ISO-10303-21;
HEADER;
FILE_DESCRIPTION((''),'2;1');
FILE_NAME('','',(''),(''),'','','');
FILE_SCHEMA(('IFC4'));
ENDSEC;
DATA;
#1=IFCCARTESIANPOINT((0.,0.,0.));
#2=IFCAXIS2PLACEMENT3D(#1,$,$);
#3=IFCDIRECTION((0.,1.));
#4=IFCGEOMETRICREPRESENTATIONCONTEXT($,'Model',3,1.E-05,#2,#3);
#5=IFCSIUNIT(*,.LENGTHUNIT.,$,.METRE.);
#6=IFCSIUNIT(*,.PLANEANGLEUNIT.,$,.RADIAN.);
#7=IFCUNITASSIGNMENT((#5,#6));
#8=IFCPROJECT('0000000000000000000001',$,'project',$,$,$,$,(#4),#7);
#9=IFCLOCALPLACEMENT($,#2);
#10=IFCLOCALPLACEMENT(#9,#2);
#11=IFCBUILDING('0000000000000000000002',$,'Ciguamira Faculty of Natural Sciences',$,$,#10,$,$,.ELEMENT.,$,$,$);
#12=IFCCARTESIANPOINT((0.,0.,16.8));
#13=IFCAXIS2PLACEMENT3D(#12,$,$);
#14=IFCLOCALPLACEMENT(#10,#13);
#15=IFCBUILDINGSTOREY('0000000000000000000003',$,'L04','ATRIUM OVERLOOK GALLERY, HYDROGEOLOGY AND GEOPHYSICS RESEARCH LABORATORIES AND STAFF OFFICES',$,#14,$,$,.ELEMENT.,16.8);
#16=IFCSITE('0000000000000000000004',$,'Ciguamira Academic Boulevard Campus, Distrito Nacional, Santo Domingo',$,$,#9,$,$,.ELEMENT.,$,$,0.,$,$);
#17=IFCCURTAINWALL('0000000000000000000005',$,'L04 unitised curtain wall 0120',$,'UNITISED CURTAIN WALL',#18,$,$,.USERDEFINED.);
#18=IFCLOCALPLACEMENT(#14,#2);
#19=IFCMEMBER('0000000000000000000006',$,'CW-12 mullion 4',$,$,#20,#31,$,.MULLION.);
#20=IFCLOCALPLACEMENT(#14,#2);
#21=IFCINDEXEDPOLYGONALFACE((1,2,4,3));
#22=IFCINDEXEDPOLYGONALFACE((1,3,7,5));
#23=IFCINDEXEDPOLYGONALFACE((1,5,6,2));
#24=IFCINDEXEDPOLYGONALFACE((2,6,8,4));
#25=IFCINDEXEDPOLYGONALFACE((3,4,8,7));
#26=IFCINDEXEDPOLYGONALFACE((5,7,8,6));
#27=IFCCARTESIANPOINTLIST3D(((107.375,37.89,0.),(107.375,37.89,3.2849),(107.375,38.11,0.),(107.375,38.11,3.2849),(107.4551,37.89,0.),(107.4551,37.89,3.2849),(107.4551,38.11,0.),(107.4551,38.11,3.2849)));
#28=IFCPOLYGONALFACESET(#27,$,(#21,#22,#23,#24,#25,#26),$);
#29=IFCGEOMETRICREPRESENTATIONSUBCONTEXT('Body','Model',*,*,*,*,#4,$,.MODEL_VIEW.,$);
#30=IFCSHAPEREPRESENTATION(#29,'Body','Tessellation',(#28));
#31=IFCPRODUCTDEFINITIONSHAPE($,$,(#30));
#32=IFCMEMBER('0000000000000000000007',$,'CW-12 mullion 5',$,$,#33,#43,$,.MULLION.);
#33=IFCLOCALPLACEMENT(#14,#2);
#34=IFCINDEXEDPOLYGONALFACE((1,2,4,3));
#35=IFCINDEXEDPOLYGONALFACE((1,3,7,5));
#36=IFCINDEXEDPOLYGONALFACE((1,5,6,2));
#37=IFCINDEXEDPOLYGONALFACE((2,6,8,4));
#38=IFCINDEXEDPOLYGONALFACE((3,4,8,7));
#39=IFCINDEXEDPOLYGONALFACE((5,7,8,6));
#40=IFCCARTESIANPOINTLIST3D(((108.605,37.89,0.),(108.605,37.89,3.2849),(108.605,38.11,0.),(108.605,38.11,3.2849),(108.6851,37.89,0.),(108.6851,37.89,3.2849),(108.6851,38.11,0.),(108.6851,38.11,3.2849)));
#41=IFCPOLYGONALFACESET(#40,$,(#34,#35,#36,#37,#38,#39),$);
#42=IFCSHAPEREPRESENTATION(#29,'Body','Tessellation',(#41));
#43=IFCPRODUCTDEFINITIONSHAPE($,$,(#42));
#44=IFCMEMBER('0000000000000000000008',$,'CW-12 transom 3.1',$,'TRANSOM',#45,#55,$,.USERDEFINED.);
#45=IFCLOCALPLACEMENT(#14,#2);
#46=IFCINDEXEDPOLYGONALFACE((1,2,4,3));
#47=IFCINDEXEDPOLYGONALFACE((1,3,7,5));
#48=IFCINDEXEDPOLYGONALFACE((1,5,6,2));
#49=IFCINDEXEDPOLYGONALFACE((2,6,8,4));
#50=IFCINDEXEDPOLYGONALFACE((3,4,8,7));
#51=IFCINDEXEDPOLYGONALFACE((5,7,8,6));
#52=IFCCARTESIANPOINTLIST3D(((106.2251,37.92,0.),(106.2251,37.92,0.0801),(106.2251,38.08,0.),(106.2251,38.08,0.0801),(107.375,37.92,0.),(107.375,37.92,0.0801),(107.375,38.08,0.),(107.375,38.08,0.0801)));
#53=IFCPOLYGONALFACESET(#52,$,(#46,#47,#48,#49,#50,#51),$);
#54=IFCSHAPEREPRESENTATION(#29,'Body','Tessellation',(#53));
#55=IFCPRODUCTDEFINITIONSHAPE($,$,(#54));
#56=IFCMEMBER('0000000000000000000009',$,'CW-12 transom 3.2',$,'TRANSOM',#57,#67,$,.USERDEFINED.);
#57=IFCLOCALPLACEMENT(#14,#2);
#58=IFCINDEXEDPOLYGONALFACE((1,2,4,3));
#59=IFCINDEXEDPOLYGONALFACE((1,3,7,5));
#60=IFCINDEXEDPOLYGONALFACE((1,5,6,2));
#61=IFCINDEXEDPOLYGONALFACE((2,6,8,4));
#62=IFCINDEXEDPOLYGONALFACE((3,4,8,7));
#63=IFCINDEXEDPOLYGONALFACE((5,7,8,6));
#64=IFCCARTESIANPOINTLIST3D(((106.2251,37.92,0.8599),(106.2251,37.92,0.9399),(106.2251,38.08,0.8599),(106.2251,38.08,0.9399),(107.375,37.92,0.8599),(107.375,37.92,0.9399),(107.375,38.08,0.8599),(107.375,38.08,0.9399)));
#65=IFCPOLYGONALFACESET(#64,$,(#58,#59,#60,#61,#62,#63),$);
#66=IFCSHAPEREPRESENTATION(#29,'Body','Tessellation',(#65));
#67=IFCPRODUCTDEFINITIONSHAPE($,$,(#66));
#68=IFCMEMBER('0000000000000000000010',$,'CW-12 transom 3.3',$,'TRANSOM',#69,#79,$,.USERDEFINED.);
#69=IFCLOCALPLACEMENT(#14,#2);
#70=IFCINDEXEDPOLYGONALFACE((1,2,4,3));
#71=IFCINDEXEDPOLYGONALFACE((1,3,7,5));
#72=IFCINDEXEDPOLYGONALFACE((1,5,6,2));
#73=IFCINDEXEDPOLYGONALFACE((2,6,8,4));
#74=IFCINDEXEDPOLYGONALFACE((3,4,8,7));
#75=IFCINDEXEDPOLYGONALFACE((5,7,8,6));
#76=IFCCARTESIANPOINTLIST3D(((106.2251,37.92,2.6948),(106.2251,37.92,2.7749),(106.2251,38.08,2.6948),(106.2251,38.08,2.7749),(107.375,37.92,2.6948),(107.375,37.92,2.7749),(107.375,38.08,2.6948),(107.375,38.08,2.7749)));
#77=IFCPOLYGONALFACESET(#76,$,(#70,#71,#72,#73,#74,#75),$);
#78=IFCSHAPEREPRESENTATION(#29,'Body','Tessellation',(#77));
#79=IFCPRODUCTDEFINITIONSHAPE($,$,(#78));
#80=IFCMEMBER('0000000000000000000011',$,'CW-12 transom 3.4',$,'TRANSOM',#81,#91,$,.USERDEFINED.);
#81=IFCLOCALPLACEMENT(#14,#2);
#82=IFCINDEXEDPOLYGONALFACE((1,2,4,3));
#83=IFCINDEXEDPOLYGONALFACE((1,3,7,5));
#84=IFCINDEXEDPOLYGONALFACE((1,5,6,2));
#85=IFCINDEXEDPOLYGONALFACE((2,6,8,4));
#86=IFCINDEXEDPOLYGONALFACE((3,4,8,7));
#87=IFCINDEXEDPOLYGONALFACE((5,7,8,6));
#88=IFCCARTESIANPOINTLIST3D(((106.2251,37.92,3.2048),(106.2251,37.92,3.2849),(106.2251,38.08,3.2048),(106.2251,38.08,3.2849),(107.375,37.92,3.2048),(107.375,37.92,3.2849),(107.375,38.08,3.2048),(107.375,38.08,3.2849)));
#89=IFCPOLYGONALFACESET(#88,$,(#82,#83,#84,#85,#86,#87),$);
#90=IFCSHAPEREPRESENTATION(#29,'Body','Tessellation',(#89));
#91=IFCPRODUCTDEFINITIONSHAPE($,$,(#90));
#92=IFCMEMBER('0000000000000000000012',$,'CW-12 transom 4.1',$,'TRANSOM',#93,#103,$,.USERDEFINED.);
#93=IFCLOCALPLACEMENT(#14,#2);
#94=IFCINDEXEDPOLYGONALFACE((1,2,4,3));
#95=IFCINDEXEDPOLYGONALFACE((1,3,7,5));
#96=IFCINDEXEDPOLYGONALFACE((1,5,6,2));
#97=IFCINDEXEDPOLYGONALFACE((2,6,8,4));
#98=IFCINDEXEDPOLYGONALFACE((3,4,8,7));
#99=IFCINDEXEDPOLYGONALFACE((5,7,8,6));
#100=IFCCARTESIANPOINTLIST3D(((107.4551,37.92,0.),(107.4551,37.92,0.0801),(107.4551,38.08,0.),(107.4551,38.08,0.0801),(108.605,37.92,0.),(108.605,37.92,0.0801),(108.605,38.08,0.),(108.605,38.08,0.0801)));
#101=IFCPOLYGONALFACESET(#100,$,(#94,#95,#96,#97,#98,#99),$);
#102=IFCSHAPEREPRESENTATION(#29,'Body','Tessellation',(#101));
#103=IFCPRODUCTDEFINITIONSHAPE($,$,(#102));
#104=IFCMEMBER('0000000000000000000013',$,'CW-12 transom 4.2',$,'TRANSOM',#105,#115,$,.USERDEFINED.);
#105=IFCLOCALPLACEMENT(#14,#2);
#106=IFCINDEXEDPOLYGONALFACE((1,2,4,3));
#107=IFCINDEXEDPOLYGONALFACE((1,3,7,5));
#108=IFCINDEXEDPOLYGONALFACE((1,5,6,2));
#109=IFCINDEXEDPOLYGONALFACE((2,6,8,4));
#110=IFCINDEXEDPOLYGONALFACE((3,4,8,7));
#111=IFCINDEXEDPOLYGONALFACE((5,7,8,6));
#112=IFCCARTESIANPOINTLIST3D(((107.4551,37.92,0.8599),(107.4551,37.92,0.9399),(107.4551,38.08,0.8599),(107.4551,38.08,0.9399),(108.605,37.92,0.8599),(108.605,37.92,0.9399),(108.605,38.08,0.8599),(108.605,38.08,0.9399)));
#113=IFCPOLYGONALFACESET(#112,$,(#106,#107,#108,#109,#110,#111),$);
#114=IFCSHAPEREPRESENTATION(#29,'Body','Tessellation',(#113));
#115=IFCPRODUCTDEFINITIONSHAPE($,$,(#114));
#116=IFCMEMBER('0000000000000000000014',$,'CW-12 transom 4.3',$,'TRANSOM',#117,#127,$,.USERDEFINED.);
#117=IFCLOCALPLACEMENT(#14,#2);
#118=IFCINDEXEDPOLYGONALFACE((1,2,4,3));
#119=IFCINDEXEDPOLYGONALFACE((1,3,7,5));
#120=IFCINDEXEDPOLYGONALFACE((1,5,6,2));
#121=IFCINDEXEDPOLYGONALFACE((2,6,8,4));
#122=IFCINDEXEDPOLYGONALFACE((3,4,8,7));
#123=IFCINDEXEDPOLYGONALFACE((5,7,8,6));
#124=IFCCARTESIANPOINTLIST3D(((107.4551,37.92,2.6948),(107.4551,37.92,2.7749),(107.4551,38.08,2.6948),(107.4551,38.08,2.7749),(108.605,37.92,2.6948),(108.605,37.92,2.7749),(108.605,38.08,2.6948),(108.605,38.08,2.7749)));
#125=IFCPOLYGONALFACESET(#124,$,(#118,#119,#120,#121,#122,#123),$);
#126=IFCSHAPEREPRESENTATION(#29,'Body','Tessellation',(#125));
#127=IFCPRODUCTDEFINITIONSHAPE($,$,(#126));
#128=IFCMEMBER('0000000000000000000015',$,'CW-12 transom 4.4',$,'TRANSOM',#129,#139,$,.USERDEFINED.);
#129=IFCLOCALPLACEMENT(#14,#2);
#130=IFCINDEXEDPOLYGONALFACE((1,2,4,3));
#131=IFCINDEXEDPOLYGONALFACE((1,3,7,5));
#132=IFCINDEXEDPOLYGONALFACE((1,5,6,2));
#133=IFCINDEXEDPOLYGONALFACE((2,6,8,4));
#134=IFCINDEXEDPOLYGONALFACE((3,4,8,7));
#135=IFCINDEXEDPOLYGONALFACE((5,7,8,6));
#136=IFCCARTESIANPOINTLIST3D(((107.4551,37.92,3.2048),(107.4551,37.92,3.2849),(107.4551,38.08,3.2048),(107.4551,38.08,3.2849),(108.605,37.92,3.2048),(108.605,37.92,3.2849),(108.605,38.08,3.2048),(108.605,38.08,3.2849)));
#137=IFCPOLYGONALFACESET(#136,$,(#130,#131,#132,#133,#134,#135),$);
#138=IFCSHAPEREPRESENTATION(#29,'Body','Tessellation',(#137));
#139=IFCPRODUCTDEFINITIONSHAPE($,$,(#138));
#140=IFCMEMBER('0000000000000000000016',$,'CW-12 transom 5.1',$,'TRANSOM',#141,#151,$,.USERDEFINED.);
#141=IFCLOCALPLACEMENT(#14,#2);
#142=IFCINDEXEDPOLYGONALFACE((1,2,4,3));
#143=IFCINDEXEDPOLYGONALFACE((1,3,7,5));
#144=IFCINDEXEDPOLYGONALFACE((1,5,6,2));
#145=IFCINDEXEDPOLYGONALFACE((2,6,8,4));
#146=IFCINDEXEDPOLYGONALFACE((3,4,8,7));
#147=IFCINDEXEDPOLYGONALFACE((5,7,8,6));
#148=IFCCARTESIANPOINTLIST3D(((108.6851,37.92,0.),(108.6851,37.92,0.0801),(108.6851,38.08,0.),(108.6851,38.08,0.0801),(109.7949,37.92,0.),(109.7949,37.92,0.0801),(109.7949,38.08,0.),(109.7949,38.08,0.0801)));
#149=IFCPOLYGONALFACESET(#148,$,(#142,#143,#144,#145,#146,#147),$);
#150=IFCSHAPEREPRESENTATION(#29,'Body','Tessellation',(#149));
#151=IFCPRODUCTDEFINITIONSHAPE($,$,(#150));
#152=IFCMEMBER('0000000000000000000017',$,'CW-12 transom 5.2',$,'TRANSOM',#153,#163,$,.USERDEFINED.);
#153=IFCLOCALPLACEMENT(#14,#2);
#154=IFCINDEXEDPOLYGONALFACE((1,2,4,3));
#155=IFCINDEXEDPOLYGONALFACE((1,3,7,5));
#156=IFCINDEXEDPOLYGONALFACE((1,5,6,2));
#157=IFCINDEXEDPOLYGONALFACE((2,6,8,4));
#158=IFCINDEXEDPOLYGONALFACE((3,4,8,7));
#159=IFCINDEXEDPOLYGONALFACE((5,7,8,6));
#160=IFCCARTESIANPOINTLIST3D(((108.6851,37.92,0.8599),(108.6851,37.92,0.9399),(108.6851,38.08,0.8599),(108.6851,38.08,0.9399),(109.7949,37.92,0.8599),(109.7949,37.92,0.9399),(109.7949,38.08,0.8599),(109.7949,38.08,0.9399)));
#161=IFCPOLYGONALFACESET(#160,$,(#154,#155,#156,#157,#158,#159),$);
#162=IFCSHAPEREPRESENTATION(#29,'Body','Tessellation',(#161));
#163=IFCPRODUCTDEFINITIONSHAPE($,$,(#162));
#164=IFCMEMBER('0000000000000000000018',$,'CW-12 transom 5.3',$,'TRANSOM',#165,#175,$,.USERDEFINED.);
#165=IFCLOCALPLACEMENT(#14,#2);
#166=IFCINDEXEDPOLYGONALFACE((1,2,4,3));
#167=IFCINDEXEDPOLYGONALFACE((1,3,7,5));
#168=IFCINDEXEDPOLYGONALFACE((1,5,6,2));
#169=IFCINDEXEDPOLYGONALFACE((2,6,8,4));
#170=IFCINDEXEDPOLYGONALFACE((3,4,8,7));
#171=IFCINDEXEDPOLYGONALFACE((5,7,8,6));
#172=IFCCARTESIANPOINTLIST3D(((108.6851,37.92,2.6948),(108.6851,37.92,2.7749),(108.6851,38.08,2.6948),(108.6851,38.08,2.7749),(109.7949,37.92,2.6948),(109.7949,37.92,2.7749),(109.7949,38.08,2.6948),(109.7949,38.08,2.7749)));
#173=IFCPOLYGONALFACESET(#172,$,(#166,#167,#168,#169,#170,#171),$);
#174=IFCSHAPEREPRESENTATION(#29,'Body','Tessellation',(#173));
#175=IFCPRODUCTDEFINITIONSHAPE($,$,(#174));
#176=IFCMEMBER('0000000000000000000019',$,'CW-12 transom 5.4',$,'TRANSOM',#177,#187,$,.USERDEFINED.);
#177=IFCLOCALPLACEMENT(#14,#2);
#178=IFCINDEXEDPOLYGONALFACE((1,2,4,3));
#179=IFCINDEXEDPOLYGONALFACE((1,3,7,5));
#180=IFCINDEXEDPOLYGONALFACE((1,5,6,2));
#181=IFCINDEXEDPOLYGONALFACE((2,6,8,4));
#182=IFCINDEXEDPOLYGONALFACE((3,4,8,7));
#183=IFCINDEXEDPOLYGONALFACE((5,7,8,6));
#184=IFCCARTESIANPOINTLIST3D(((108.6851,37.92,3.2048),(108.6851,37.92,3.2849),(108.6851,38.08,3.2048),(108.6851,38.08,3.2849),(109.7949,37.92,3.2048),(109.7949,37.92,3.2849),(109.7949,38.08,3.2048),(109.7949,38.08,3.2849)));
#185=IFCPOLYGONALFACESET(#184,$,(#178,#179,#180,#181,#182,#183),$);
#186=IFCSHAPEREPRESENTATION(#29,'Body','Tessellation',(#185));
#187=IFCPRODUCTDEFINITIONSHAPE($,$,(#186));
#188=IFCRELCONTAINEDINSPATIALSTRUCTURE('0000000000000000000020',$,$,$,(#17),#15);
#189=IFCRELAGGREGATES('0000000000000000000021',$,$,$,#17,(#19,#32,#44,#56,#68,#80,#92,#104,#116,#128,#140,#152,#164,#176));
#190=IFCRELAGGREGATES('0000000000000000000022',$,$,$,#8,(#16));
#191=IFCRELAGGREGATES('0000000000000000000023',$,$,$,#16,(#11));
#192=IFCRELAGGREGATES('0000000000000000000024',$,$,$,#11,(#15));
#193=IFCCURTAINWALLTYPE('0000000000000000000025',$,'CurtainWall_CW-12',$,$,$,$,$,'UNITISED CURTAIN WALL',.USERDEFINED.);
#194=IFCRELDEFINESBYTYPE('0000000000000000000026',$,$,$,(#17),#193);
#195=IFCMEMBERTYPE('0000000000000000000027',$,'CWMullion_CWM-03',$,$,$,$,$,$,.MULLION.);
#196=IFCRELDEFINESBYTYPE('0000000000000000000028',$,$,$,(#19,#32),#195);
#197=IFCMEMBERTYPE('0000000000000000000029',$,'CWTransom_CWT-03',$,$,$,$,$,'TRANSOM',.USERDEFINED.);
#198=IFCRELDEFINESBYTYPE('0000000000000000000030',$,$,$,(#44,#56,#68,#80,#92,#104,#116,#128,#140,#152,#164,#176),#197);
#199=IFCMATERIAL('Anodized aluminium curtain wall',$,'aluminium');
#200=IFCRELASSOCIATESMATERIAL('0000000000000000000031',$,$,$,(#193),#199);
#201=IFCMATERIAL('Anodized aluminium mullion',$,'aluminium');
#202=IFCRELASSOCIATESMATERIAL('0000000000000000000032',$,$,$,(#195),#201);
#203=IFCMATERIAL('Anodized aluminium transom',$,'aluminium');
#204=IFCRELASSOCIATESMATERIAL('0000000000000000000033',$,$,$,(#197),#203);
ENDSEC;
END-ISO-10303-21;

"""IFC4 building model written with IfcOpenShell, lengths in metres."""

from ifc_helpers import new_model, si_unit, direction, frame, origin, origin_2d, place, context, subcontext, project, spatial, rectangle, extrude, material, material_profile, profile_set, type_object, element, aggregate, save


model = new_model("IFC4")

# Units and contexts
model_context = context("Model", 3, precision=1e-05, world=origin(), true_north=direction((0.0, 1.0)))
body_context = subcontext(model_context, "Body", "Model", "MODEL_VIEW")
ifc_project = project(units=[si_unit("LENGTHUNIT", "METRE"), si_unit("PLANEANGLEUNIT", "RADIAN")], contexts=[model_context])

# Site, building, storey
site_placement = place(None, origin())
site = spatial("IfcSite", under=ifc_project, at=site_placement, Name="Ciguamira Academic Boulevard Campus, Distrito Nacional, Santo Domingo", CompositionType="ELEMENT", RefElevation=0.0)
building_placement = place(site_placement, origin())
building = spatial("IfcBuilding", under=site, at=building_placement, Name="Ciguamira Faculty of Natural Sciences", CompositionType="ELEMENT")
storey_placement = place(building_placement, frame((0.0, 0.0, 16.8)))
storey = spatial("IfcBuildingStorey", under=building, at=storey_placement, Name="L04", Description="ATRIUM OVERLOOK GALLERY, HYDROGEOLOGY AND GEOPHYSICS RESEARCH LABORATORIES AND STAFF OFFICES", CompositionType="ELEMENT", Elevation=16.8)

# Curtain wall, members
ifc_material_1 = material(Name="Anodized aluminium curtain wall", Category="aluminium")
curtain_wall_type = type_object("IfcCurtainWallType", Name="CurtainWall_CW-12", ElementType="UNITISED CURTAIN WALL", PredefinedType="USERDEFINED", material=ifc_material_1)
curtain_wall_placement = place(storey_placement, origin())
curtain_wall = element("IfcCurtainWall", 1, at=curtain_wall_placement, inside=storey, type_object=curtain_wall_type, Name="L04 unitised curtain wall 0120", ObjectType="UNITISED CURTAIN WALL", PredefinedType="USERDEFINED")
ifc_material_2 = material(Name="Anodized aluminium mullion", Category="aluminium")
ifc_material_profile_1 = material_profile(ifc_material_2, rectangle(XDim=0.0801, YDim=0.22, at=origin_2d()), Name="ALU-MUL-80X220")
ifc_profile_set_1 = profile_set([ifc_material_profile_1], Name="Anodized aluminium mullion")
member_type_1 = type_object("IfcMemberType", Name="CWMullion_CWM-03", PredefinedType="MULLION", material=ifc_profile_set_1)
member_1_placement = place(storey_placement, frame((107.415, 38.0, 0.0), z_axis=(0.0, 0.0, 1.0), x_axis=(1.0, 0.0, 0.0)))
member_1 = element("IfcMember", 2, at=member_1_placement, type_object=member_type_1, Name="CW-12 mullion 4", PredefinedType="MULLION", context=body_context, shape_type="SweptSolid", body=[
    extrude(rectangle(XDim=0.0801, YDim=0.22, at=origin_2d()), origin(), (0.0, 0.0, 1.0), 3.2849),
])
member_2_placement = place(storey_placement, frame((108.645, 38.0, 0.0), z_axis=(0.0, 0.0, 1.0), x_axis=(1.0, 0.0, 0.0)))
member_2 = element("IfcMember", 3, at=member_2_placement, type_object=member_type_1, Name="CW-12 mullion 5", PredefinedType="MULLION", context=body_context, shape_type="SweptSolid", body=[
    extrude(rectangle(XDim=0.0801, YDim=0.22, at=origin_2d()), origin(), (0.0, 0.0, 1.0), 3.2849),
])
ifc_material_3 = material(Name="Anodized aluminium transom", Category="aluminium")
ifc_material_profile_2 = material_profile(ifc_material_3, rectangle(XDim=0.0801, YDim=0.1599, at=origin_2d()), Name="ALU-TRN-80X160")
ifc_profile_set_2 = profile_set([ifc_material_profile_2], Name="Anodized aluminium transom")
member_type_2 = type_object("IfcMemberType", Name="CWTransom_CWT-03", ElementType="TRANSOM", PredefinedType="USERDEFINED", material=ifc_profile_set_2)
member_3_placement = place(storey_placement, frame((106.2251, 38.0, 0.04), z_axis=(1.0, 0.0, 0.0), x_axis=(0.0, 0.0, 1.0)))
member_3 = element("IfcMember", 4, at=member_3_placement, type_object=member_type_2, Name="CW-12 transom 3.1", ObjectType="TRANSOM", PredefinedType="USERDEFINED", context=body_context, shape_type="SweptSolid", body=[
    extrude(rectangle(XDim=0.0801, YDim=0.1599, at=origin_2d()), origin(), (0.0, 0.0, 1.0), 1.1499),
])
member_4_placement = place(storey_placement, frame((106.2251, 38.0, 0.8999), z_axis=(1.0, 0.0, 0.0), x_axis=(0.0, 0.0, 1.0)))
member_4 = element("IfcMember", 5, at=member_4_placement, type_object=member_type_2, Name="CW-12 transom 3.2", ObjectType="TRANSOM", PredefinedType="USERDEFINED", context=body_context, shape_type="SweptSolid", body=[
    extrude(rectangle(XDim=0.0801, YDim=0.1599, at=origin_2d()), origin(), (0.0, 0.0, 1.0), 1.1499),
])
member_5_placement = place(storey_placement, frame((106.2251, 38.0, 2.7349), z_axis=(1.0, 0.0, 0.0), x_axis=(0.0, 0.0, 1.0)))
member_5 = element("IfcMember", 6, at=member_5_placement, type_object=member_type_2, Name="CW-12 transom 3.3", ObjectType="TRANSOM", PredefinedType="USERDEFINED", context=body_context, shape_type="SweptSolid", body=[
    extrude(rectangle(XDim=0.0801, YDim=0.1599, at=origin_2d()), origin(), (0.0, 0.0, 1.0), 1.1499),
])
member_6_placement = place(storey_placement, frame((106.2251, 38.0, 3.2449), z_axis=(1.0, 0.0, 0.0), x_axis=(0.0, 0.0, 1.0)))
member_6 = element("IfcMember", 7, at=member_6_placement, type_object=member_type_2, Name="CW-12 transom 3.4", ObjectType="TRANSOM", PredefinedType="USERDEFINED", context=body_context, shape_type="SweptSolid", body=[
    extrude(rectangle(XDim=0.0801, YDim=0.1599, at=origin_2d()), origin(), (0.0, 0.0, 1.0), 1.1499),
])
member_7_placement = place(storey_placement, frame((107.4551, 38.0, 0.04), z_axis=(1.0, 0.0, 0.0), x_axis=(0.0, 0.0, 1.0)))
member_7 = element("IfcMember", 8, at=member_7_placement, type_object=member_type_2, Name="CW-12 transom 4.1", ObjectType="TRANSOM", PredefinedType="USERDEFINED", context=body_context, shape_type="SweptSolid", body=[
    extrude(rectangle(XDim=0.0801, YDim=0.1599, at=origin_2d()), origin(), (0.0, 0.0, 1.0), 1.1499),
])
member_8_placement = place(storey_placement, frame((107.4551, 38.0, 0.8999), z_axis=(1.0, 0.0, 0.0), x_axis=(0.0, 0.0, 1.0)))
member_8 = element("IfcMember", 9, at=member_8_placement, type_object=member_type_2, Name="CW-12 transom 4.2", ObjectType="TRANSOM", PredefinedType="USERDEFINED", context=body_context, shape_type="SweptSolid", body=[
    extrude(rectangle(XDim=0.0801, YDim=0.1599, at=origin_2d()), origin(), (0.0, 0.0, 1.0), 1.1499),
])
member_9_placement = place(storey_placement, frame((107.4551, 38.0, 2.7349), z_axis=(1.0, 0.0, 0.0), x_axis=(0.0, 0.0, 1.0)))
member_9 = element("IfcMember", 10, at=member_9_placement, type_object=member_type_2, Name="CW-12 transom 4.3", ObjectType="TRANSOM", PredefinedType="USERDEFINED", context=body_context, shape_type="SweptSolid", body=[
    extrude(rectangle(XDim=0.0801, YDim=0.1599, at=origin_2d()), origin(), (0.0, 0.0, 1.0), 1.1499),
])
member_10_placement = place(storey_placement, frame((107.4551, 38.0, 3.2449), z_axis=(1.0, 0.0, 0.0), x_axis=(0.0, 0.0, 1.0)))
member_10 = element("IfcMember", 11, at=member_10_placement, type_object=member_type_2, Name="CW-12 transom 4.4", ObjectType="TRANSOM", PredefinedType="USERDEFINED", context=body_context, shape_type="SweptSolid", body=[
    extrude(rectangle(XDim=0.0801, YDim=0.1599, at=origin_2d()), origin(), (0.0, 0.0, 1.0), 1.1499),
])
member_11_placement = place(storey_placement, frame((108.6851, 38.0, 0.04), z_axis=(1.0, 0.0, 0.0), x_axis=(0.0, 0.0, 1.0)))
member_11 = element("IfcMember", 12, at=member_11_placement, type_object=member_type_2, Name="CW-12 transom 5.1", ObjectType="TRANSOM", PredefinedType="USERDEFINED", context=body_context, shape_type="SweptSolid", body=[
    extrude(rectangle(XDim=0.0801, YDim=0.1599, at=origin_2d()), origin(), (0.0, 0.0, 1.0), 1.1099),
])
member_12_placement = place(storey_placement, frame((108.6851, 38.0, 0.8999), z_axis=(1.0, 0.0, 0.0), x_axis=(0.0, 0.0, 1.0)))
member_12 = element("IfcMember", 13, at=member_12_placement, type_object=member_type_2, Name="CW-12 transom 5.2", ObjectType="TRANSOM", PredefinedType="USERDEFINED", context=body_context, shape_type="SweptSolid", body=[
    extrude(rectangle(XDim=0.0801, YDim=0.1599, at=origin_2d()), origin(), (0.0, 0.0, 1.0), 1.1099),
])
member_13_placement = place(storey_placement, frame((108.6851, 38.0, 2.7349), z_axis=(1.0, 0.0, 0.0), x_axis=(0.0, 0.0, 1.0)))
member_13 = element("IfcMember", 14, at=member_13_placement, type_object=member_type_2, Name="CW-12 transom 5.3", ObjectType="TRANSOM", PredefinedType="USERDEFINED", context=body_context, shape_type="SweptSolid", body=[
    extrude(rectangle(XDim=0.0801, YDim=0.1599, at=origin_2d()), origin(), (0.0, 0.0, 1.0), 1.1099),
])
member_14_placement = place(storey_placement, frame((108.6851, 38.0, 3.2449), z_axis=(1.0, 0.0, 0.0), x_axis=(0.0, 0.0, 1.0)))
member_14 = element("IfcMember", 15, at=member_14_placement, type_object=member_type_2, Name="CW-12 transom 5.4", ObjectType="TRANSOM", PredefinedType="USERDEFINED", context=body_context, shape_type="SweptSolid", body=[
    extrude(rectangle(XDim=0.0801, YDim=0.1599, at=origin_2d()), origin(), (0.0, 0.0, 1.0), 1.1099),
])
aggregate(curtain_wall, [member_1, member_2, member_3, member_4, member_5, member_6, member_7, member_8, member_9, member_10, member_11, member_12, member_13, member_14])

save(model, "model.ifc")
